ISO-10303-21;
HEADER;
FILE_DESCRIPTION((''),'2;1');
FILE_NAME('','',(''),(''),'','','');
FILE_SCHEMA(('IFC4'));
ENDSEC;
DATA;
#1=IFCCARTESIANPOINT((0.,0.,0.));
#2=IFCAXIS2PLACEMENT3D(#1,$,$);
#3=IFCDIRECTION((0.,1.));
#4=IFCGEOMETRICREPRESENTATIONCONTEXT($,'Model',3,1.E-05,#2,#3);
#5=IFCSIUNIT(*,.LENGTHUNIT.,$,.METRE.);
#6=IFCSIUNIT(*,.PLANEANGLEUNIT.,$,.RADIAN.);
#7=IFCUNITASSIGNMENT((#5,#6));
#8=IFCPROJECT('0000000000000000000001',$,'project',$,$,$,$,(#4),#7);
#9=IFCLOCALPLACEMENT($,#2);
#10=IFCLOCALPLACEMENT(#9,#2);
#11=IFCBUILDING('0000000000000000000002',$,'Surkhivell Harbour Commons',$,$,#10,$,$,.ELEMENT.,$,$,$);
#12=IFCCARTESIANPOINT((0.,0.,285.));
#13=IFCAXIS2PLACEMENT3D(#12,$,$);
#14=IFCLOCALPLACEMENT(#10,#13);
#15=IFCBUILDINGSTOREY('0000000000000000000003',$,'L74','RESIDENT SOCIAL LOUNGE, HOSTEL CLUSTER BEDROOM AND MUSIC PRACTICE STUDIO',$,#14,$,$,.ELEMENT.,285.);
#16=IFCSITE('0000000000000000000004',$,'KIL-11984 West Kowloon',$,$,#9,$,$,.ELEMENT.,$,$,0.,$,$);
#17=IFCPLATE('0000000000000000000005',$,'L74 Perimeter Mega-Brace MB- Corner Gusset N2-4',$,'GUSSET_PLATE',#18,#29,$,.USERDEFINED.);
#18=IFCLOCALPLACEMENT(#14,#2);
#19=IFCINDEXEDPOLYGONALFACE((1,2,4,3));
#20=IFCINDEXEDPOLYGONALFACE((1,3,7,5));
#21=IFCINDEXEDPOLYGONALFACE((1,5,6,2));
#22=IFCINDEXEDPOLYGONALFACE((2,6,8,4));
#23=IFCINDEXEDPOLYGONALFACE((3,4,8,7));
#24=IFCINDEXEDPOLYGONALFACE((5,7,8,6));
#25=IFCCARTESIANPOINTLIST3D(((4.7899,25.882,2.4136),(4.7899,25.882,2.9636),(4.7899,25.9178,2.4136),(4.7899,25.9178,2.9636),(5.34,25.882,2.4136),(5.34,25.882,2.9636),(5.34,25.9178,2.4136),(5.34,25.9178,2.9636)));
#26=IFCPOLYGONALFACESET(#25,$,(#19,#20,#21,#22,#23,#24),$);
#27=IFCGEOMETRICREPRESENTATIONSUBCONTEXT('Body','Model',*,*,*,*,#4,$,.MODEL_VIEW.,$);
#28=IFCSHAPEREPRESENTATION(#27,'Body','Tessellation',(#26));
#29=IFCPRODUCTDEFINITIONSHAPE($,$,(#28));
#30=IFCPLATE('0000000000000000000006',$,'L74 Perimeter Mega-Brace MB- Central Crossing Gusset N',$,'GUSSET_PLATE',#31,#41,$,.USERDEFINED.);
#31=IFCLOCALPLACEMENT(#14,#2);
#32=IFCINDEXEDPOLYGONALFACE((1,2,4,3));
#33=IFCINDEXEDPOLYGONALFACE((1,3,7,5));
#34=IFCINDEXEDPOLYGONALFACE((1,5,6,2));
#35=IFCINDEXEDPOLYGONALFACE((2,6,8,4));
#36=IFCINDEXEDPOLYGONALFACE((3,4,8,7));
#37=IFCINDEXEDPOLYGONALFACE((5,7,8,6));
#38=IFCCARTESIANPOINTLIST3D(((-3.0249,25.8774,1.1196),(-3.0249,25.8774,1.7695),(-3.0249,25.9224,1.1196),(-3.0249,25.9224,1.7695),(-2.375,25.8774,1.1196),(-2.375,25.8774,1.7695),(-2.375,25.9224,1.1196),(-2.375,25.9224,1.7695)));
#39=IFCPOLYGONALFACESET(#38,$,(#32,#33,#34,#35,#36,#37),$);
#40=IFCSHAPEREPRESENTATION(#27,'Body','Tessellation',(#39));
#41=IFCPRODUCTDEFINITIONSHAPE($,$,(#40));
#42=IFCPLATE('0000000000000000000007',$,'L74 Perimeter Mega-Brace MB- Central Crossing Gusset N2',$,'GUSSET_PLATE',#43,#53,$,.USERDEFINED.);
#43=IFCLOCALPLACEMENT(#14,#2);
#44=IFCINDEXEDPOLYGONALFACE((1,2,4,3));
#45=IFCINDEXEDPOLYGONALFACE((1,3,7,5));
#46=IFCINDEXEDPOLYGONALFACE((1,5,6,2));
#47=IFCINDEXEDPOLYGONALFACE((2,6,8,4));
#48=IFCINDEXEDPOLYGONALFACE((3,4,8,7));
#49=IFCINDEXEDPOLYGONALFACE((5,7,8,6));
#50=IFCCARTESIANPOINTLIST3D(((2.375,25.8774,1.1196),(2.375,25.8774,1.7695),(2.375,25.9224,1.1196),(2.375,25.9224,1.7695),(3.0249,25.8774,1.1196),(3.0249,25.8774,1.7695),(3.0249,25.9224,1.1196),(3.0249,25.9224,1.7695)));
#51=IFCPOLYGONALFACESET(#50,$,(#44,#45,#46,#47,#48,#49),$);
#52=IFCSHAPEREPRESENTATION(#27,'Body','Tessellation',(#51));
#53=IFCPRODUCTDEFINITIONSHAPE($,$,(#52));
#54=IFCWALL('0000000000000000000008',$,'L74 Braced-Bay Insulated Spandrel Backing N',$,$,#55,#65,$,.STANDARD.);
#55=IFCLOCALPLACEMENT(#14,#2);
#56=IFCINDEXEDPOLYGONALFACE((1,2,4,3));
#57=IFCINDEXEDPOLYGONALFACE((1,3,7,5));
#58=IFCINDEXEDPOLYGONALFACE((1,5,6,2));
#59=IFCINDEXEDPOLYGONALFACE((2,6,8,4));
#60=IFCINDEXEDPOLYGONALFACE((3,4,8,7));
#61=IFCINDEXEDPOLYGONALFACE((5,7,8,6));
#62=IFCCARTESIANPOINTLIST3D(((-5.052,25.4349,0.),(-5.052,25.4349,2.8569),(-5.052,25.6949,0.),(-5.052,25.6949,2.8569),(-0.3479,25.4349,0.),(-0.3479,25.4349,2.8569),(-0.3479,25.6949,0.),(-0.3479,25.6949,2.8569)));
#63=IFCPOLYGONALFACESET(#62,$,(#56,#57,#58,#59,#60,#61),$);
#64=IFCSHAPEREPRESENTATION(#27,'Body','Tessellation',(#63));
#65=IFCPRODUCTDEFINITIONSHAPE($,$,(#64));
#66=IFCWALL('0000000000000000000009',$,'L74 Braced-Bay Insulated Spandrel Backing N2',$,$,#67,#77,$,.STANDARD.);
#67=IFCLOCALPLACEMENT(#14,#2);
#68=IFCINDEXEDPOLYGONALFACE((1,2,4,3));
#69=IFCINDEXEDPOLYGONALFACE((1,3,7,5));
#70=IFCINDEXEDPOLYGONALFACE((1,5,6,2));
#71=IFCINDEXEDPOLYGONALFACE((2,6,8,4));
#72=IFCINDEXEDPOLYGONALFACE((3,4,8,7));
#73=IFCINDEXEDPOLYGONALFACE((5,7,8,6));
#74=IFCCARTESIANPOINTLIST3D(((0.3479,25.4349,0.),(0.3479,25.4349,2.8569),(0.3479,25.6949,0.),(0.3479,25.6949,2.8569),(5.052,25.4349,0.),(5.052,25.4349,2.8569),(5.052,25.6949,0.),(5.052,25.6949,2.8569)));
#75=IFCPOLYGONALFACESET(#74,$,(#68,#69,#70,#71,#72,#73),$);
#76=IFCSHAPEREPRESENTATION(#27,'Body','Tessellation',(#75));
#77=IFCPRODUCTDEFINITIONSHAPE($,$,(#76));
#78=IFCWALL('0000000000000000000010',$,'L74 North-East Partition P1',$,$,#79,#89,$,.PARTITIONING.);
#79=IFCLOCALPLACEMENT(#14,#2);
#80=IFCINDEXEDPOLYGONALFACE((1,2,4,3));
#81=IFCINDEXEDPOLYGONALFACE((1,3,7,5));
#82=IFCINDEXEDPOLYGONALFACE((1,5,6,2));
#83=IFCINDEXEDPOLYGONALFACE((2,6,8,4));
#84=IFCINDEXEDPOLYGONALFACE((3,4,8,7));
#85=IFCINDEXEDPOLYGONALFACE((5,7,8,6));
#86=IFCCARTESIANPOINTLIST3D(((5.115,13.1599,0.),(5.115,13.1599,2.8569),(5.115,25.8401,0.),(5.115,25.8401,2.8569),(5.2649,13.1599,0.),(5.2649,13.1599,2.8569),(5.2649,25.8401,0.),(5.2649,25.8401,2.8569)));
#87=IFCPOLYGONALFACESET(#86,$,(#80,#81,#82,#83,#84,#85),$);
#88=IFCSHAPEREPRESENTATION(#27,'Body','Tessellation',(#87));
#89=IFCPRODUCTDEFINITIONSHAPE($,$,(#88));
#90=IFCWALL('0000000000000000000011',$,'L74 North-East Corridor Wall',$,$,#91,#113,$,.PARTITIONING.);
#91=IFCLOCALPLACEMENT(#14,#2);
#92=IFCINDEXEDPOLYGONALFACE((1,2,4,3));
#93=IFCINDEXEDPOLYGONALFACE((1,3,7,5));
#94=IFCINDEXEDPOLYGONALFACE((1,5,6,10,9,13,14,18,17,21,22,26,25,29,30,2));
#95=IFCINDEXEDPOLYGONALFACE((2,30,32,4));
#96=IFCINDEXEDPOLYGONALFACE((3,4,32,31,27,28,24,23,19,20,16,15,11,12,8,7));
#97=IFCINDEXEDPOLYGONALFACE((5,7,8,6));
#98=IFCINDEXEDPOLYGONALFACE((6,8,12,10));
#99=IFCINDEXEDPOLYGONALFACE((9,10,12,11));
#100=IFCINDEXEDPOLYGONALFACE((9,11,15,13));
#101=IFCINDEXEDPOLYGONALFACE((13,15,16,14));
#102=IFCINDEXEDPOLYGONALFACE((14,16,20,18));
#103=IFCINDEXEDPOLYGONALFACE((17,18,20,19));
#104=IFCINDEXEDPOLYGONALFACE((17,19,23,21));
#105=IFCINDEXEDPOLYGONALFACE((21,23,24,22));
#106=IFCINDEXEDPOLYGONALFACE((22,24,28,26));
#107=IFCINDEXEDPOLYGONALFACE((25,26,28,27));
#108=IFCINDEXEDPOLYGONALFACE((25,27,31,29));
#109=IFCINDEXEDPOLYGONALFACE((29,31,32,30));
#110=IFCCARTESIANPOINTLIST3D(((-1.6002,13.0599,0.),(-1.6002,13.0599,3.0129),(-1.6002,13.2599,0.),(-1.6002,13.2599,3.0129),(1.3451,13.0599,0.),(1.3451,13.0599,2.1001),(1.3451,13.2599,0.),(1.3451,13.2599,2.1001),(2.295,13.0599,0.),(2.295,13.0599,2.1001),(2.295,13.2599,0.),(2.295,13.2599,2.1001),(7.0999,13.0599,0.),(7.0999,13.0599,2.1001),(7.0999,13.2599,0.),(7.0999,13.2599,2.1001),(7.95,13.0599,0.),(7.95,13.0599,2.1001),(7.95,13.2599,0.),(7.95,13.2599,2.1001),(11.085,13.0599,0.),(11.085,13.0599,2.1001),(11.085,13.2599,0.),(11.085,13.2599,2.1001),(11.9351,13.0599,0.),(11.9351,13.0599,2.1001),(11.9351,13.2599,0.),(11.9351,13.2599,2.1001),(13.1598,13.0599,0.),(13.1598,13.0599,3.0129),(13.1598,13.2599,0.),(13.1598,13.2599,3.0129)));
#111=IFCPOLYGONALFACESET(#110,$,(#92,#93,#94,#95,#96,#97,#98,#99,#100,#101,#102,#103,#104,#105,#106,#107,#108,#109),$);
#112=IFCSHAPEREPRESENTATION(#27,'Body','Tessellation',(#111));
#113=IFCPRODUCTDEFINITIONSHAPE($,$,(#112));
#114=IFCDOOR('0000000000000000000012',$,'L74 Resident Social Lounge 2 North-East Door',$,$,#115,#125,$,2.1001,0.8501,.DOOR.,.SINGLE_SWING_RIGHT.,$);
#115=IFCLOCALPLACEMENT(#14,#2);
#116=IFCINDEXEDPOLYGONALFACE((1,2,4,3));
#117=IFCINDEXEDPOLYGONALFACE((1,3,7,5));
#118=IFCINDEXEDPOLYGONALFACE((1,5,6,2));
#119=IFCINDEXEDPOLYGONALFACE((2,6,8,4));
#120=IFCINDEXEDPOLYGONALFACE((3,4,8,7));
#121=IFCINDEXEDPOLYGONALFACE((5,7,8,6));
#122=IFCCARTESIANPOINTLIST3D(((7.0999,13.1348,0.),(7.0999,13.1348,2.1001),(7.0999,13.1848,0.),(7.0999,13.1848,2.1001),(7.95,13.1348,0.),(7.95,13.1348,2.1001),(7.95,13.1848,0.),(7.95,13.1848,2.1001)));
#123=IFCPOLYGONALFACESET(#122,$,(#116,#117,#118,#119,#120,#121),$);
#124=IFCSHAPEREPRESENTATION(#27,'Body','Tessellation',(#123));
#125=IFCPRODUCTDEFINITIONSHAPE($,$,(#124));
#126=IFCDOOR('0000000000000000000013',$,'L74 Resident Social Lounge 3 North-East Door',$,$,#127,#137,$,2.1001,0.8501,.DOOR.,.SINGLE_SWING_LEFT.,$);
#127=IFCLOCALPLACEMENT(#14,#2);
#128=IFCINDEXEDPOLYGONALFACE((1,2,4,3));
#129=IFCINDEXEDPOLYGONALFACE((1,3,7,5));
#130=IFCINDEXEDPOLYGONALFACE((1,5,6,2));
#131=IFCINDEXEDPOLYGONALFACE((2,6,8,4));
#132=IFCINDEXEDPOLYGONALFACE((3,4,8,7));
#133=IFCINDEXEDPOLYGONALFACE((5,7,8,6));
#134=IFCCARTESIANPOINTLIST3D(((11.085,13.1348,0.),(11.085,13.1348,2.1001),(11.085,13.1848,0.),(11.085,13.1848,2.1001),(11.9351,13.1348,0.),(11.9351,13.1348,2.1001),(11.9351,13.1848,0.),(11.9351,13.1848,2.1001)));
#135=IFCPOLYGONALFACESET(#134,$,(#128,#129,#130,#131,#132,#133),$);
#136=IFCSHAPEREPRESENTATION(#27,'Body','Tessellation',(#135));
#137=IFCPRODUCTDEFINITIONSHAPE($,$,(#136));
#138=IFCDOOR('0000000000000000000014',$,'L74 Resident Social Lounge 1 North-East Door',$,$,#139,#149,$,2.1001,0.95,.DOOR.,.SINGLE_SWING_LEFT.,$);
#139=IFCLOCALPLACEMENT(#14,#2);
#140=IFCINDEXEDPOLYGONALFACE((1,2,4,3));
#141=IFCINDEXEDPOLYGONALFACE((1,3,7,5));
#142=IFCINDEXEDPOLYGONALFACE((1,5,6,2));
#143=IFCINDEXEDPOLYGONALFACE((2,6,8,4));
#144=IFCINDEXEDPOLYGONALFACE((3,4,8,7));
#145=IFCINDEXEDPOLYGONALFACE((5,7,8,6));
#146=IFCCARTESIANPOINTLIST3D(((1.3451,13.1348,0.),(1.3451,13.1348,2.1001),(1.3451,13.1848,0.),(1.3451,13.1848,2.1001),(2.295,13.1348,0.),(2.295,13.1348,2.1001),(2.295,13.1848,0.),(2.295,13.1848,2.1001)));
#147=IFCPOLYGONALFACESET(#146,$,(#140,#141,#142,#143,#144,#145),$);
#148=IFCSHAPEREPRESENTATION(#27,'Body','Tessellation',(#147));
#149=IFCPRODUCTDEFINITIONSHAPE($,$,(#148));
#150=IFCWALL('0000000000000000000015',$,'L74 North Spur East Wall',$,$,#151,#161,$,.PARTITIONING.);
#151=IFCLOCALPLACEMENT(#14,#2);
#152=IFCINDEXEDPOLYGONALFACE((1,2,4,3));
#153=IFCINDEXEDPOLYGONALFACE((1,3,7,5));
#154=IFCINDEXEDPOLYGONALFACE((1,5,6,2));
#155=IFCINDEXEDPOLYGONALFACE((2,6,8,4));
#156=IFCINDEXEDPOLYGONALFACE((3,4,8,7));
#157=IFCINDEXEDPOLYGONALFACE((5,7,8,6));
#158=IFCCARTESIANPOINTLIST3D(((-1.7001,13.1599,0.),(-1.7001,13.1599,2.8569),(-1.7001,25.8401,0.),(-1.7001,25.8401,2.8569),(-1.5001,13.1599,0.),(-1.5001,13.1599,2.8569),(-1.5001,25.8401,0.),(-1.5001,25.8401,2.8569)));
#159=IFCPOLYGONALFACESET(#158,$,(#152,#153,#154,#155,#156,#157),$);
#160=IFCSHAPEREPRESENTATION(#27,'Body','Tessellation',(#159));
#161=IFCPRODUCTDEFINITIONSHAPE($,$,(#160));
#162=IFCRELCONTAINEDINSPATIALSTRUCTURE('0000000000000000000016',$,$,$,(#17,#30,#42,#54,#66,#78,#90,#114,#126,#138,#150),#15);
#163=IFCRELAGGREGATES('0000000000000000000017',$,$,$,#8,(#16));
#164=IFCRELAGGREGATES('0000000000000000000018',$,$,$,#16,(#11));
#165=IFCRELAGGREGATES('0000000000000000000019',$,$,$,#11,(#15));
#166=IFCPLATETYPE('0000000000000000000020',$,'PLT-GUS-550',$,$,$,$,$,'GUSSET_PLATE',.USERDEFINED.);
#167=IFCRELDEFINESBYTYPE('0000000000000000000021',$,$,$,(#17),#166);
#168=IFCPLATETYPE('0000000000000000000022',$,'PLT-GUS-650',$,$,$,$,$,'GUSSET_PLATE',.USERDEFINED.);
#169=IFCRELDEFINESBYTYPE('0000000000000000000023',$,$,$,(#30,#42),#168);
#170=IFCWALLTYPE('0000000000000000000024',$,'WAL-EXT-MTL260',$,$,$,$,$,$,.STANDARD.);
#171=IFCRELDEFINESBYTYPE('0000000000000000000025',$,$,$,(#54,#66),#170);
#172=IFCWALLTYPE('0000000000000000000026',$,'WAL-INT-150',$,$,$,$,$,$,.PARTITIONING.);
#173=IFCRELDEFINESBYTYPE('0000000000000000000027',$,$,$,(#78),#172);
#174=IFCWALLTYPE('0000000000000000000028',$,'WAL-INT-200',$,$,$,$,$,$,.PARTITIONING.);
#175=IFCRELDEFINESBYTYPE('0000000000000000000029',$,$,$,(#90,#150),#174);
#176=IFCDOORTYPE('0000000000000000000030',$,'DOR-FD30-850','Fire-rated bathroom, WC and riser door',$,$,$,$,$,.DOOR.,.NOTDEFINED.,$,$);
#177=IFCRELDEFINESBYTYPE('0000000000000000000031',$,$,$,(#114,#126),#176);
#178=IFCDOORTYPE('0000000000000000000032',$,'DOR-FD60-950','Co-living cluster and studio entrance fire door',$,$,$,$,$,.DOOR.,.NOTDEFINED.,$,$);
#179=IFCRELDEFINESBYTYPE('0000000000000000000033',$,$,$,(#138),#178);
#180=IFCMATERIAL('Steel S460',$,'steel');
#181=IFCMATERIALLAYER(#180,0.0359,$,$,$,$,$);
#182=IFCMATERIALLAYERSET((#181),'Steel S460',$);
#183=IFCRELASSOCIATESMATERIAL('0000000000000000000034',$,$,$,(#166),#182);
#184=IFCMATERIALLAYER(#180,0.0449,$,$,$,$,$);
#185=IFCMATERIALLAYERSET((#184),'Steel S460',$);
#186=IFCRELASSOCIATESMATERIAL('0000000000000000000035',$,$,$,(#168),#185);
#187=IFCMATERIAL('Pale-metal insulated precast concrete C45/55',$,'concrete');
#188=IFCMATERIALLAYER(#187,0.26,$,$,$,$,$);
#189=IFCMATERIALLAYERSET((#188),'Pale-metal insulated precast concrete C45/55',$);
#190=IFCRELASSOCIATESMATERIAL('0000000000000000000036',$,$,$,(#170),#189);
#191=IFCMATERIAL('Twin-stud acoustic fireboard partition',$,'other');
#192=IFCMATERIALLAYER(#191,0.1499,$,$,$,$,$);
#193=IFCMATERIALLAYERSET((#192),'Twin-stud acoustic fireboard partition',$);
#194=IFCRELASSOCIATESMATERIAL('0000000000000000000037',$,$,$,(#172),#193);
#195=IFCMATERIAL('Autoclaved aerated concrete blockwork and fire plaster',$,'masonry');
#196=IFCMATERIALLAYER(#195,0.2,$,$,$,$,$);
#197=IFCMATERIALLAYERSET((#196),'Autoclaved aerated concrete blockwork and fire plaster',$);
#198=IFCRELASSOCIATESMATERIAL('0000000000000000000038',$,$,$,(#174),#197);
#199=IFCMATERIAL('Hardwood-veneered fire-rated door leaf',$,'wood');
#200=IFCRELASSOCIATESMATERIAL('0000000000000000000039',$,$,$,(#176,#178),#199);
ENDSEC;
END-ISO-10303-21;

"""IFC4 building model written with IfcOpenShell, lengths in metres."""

from ifc_helpers import new_model, si_unit, direction, frame, frame_2d, origin, origin_2d, place, context, subcontext, project, spatial, rectangle, extrude, material, layer, layer_set, type_object, element, fill, save


model = new_model("IFC4")

# Units and contexts
model_context = context("Model", 3, precision=1e-05, world=origin(), true_north=direction((0.0, 1.0)))
body_context = subcontext(model_context, "Body", "Model", "MODEL_VIEW")
ifc_project = project(units=[si_unit("LENGTHUNIT", "METRE"), si_unit("PLANEANGLEUNIT", "RADIAN")], contexts=[model_context])

# Site, building, storey
site_placement = place(None, origin())
site = spatial("IfcSite", under=ifc_project, at=site_placement, Name="KIL-11984 West Kowloon", CompositionType="ELEMENT", RefElevation=0.0)
building_placement = place(site_placement, origin())
building = spatial("IfcBuilding", under=site, at=building_placement, Name="Surkhivell Harbour Commons", CompositionType="ELEMENT")
storey_placement = place(building_placement, frame((0.0, 0.0, 285.0)))
storey = spatial("IfcBuildingStorey", under=building, at=storey_placement, Name="L74", Description="RESIDENT SOCIAL LOUNGE, HOSTEL CLUSTER BEDROOM AND MUSIC PRACTICE STUDIO", CompositionType="ELEMENT", Elevation=285.0)

# Shared definitions
ifc_material_1 = material(Name="Steel S460", Category="steel")

# Plates
ifc_layer_1 = layer(ifc_material_1, 0.0359)
ifc_layer_set_1 = layer_set([ifc_layer_1], Name="Steel S460")
plate_type_1 = type_object("IfcPlateType", Name="PLT-GUS-550", ElementType="GUSSET_PLATE", PredefinedType="USERDEFINED", material=ifc_layer_set_1)
for number, where, z_axis, x_axis, name in (
    (1, (5.0649, 25.8999, 2.4136), (0.0, 0.0, 1.0), (1.0, 0.0, 0.0), "L74 Perimeter Mega-Brace MB- Corner Gusset N2-4"),
):
    element("IfcPlate", number, at=place(storey_placement, frame(where, z_axis=z_axis, x_axis=x_axis)), inside=storey, type_object=plate_type_1, Name=name, ObjectType="GUSSET_PLATE", PredefinedType="USERDEFINED", context=body_context, shape_type="SweptSolid", body=[
        extrude(rectangle(XDim=0.55, YDim=0.0359, at=origin_2d()), origin(), (0.0, 0.0, 1.0), 0.55),
    ])
ifc_layer_2 = layer(ifc_material_1, 0.0449)
ifc_layer_set_2 = layer_set([ifc_layer_2], Name="Steel S460")
plate_type_2 = type_object("IfcPlateType", Name="PLT-GUS-650", ElementType="GUSSET_PLATE", PredefinedType="USERDEFINED", material=ifc_layer_set_2)
for number, where, z_axis, x_axis, name in (
    (2, (-2.7, 25.8999, 1.1196), (0.0, 0.0, 1.0), (1.0, 0.0, 0.0), "L74 Perimeter Mega-Brace MB- Central Crossing Gusset N"),
    (3, (2.7, 25.8999, 1.1196), (0.0, 0.0, 1.0), (1.0, 0.0, 0.0), "L74 Perimeter Mega-Brace MB- Central Crossing Gusset N2"),
):
    element("IfcPlate", number, at=place(storey_placement, frame(where, z_axis=z_axis, x_axis=x_axis)), inside=storey, type_object=plate_type_2, Name=name, ObjectType="GUSSET_PLATE", PredefinedType="USERDEFINED", context=body_context, shape_type="SweptSolid", body=[
        extrude(rectangle(XDim=0.6499, YDim=0.0449, at=origin_2d()), origin(), (0.0, 0.0, 1.0), 0.6499),
    ])

# Walls
ifc_material_2 = material(Name="Pale-metal insulated precast concrete C45/55", Category="concrete")
ifc_layer_3 = layer(ifc_material_2, 0.26)
ifc_layer_set_3 = layer_set([ifc_layer_3], Name="Pale-metal insulated precast concrete C45/55")
wall_type_1 = type_object("IfcWallType", Name="WAL-EXT-MTL260", PredefinedType="STANDARD", material=ifc_layer_set_3)
for number, where, z_axis, x_axis, name in (
    (4, (-0.3479, 25.5649, 0.0), (0.0, 0.0, 1.0), (-1.0, 0.0, 0.0), "L74 Braced-Bay Insulated Spandrel Backing N"),
    (5, (5.052, 25.5649, 0.0), (0.0, 0.0, 1.0), (-1.0, 0.0, 0.0), "L74 Braced-Bay Insulated Spandrel Backing N2"),
):
    element("IfcWall", number, at=place(storey_placement, frame(where, z_axis=z_axis, x_axis=x_axis)), inside=storey, type_object=wall_type_1, Name=name, PredefinedType="STANDARD", context=body_context, shape_type="SweptSolid", body=[
        extrude(rectangle(XDim=4.7041, YDim=0.26, at=frame_2d((2.3521, 0.0))), origin(), (0.0, 0.0, 1.0), 2.8569),
    ])
ifc_material_3 = material(Name="Twin-stud acoustic fireboard partition", Category="other")
ifc_layer_4 = layer(ifc_material_3, 0.1499)
ifc_layer_set_4 = layer_set([ifc_layer_4], Name="Twin-stud acoustic fireboard partition")
wall_type_2 = type_object("IfcWallType", Name="WAL-INT-150", PredefinedType="PARTITIONING", material=ifc_layer_set_4)
wall_1_placement = place(storey_placement, frame((5.1899, 13.1599, 0.0), z_axis=(0.0, 0.0, 1.0), x_axis=(0.0, 1.0, 0.0)))
element("IfcWall", 6, at=wall_1_placement, inside=storey, type_object=wall_type_2, Name="L74 North-East Partition P1", PredefinedType="PARTITIONING", context=body_context, shape_type="SweptSolid", body=[
    extrude(rectangle(XDim=12.6802, YDim=0.1499, at=frame_2d((6.3401, 0.0))), origin(), (0.0, 0.0, 1.0), 2.8569),
])

# Wall, openings, doors
ifc_material_4 = material(Name="Autoclaved aerated concrete blockwork and fire plaster", Category="masonry")
ifc_layer_5 = layer(ifc_material_4, 0.2)
ifc_layer_set_5 = layer_set([ifc_layer_5], Name="Autoclaved aerated concrete blockwork and fire plaster")
wall_type_3 = type_object("IfcWallType", Name="WAL-INT-200", PredefinedType="PARTITIONING", material=ifc_layer_set_5)
wall_2_placement = place(storey_placement, frame((-1.6001, 13.1599, 0.0), z_axis=(0.0, 0.0, 1.0), x_axis=(1.0, 0.0, 0.0)))
wall_2 = element("IfcWall", 7, at=wall_2_placement, inside=storey, type_object=wall_type_3, Name="L74 North-East Corridor Wall", PredefinedType="PARTITIONING", context=body_context, shape_type="SweptSolid", body=[
    extrude(rectangle(XDim=14.76, YDim=0.2, at=frame_2d((7.3799, 0.0))), origin(), (0.0, 0.0, 1.0), 3.0129),
])
opening_1_placement = place(wall_2_placement, frame((2.9451, 0.0, 0.0)))
opening_1 = element("IfcOpeningElement", 8, at=opening_1_placement, cuts=wall_2, PredefinedType="OPENING", context=body_context, shape_type="SweptSolid", body=[
    extrude(rectangle(XDim=0.95, YDim=2.1001, at=frame_2d((0.4751, 1.05))), frame((0.0, 0.1099, 0.0), z_axis=(0.0, -1.0, 0.0), x_axis=(1.0, 0.0, 0.0)), (0.0, 0.0, 1.0), 0.22),
])
opening_2_placement = place(wall_2_placement, frame((8.7, 0.0, 0.0)))
opening_2 = element("IfcOpeningElement", 9, at=opening_2_placement, cuts=wall_2, PredefinedType="OPENING", context=body_context, shape_type="SweptSolid", body=[
    extrude(rectangle(XDim=0.8501, YDim=2.1001, at=frame_2d((0.425, 1.05))), frame((0.0, 0.1099, 0.0), z_axis=(0.0, -1.0, 0.0), x_axis=(1.0, 0.0, 0.0)), (0.0, 0.0, 1.0), 0.22),
])
opening_3_placement = place(wall_2_placement, frame((12.6851, 0.0, 0.0)))
opening_3 = element("IfcOpeningElement", 10, at=opening_3_placement, cuts=wall_2, PredefinedType="OPENING", context=body_context, shape_type="SweptSolid", body=[
    extrude(rectangle(XDim=0.8501, YDim=2.1001, at=frame_2d((0.425, 1.05))), frame((0.0, 0.1099, 0.0), z_axis=(0.0, -1.0, 0.0), x_axis=(1.0, 0.0, 0.0)), (0.0, 0.0, 1.0), 0.22),
])
ifc_material_5 = material(Name="Hardwood-veneered fire-rated door leaf", Category="wood")
door_type_1 = type_object("IfcDoorType", Name="DOR-FD30-850", Description="Fire-rated bathroom, WC and riser door", OperationType="NOTDEFINED", PredefinedType="DOOR", material=ifc_material_5)
door_1_placement = place(opening_2_placement, origin())
door_1 = element("IfcDoor", 11, at=door_1_placement, inside=storey, type_object=door_type_1, Name="L74 Resident Social Lounge 2 North-East Door", OperationType="SINGLE_SWING_RIGHT", OverallHeight=2.1001, OverallWidth=0.8501, PredefinedType="DOOR", context=body_context, shape_type="SweptSolid", body=[
    extrude(rectangle(XDim=0.8501, YDim=2.1001, at=frame_2d((0.425, 1.05))), frame((0.0, 0.0249, 0.0), z_axis=(0.0, -1.0, 0.0), x_axis=(1.0, 0.0, 0.0)), (0.0, 0.0, 1.0), 0.05),
])
fill(opening_2, door_1)
door_2_placement = place(opening_3_placement, origin())
door_2 = element("IfcDoor", 12, at=door_2_placement, inside=storey, type_object=door_type_1, Name="L74 Resident Social Lounge 3 North-East Door", OperationType="SINGLE_SWING_LEFT", OverallHeight=2.1001, OverallWidth=0.8501, PredefinedType="DOOR", context=body_context, shape_type="SweptSolid", body=[
    extrude(rectangle(XDim=0.8501, YDim=2.1001, at=frame_2d((0.425, 1.05))), frame((0.0, 0.0249, 0.0), z_axis=(0.0, -1.0, 0.0), x_axis=(1.0, 0.0, 0.0)), (0.0, 0.0, 1.0), 0.05),
])
fill(opening_3, door_2)
door_type_2 = type_object("IfcDoorType", Name="DOR-FD60-950", Description="Co-living cluster and studio entrance fire door", OperationType="NOTDEFINED", PredefinedType="DOOR", material=ifc_material_5)
door_3_placement = place(opening_1_placement, origin())
door_3 = element("IfcDoor", 13, at=door_3_placement, inside=storey, type_object=door_type_2, Name="L74 Resident Social Lounge 1 North-East Door", OperationType="SINGLE_SWING_LEFT", OverallHeight=2.1001, OverallWidth=0.95, PredefinedType="DOOR", context=body_context, shape_type="SweptSolid", body=[
    extrude(rectangle(XDim=0.95, YDim=2.1001, at=frame_2d((0.4751, 1.05))), frame((0.0, 0.0249, 0.0), z_axis=(0.0, -1.0, 0.0), x_axis=(1.0, 0.0, 0.0)), (0.0, 0.0, 1.0), 0.05),
])
fill(opening_1, door_3)

# Wall
wall_3_placement = place(storey_placement, frame((-1.6001, 13.1599, 0.0), z_axis=(0.0, 0.0, 1.0), x_axis=(0.0, 1.0, 0.0)))
element("IfcWall", 14, at=wall_3_placement, inside=storey, type_object=wall_type_3, Name="L74 North Spur East Wall", PredefinedType="PARTITIONING", context=body_context, shape_type="SweptSolid", body=[
    extrude(rectangle(XDim=12.6802, YDim=0.2, at=frame_2d((6.3401, 0.0))), origin(), (0.0, 0.0, 1.0), 2.8569),
])

save(model, "model.ifc")
